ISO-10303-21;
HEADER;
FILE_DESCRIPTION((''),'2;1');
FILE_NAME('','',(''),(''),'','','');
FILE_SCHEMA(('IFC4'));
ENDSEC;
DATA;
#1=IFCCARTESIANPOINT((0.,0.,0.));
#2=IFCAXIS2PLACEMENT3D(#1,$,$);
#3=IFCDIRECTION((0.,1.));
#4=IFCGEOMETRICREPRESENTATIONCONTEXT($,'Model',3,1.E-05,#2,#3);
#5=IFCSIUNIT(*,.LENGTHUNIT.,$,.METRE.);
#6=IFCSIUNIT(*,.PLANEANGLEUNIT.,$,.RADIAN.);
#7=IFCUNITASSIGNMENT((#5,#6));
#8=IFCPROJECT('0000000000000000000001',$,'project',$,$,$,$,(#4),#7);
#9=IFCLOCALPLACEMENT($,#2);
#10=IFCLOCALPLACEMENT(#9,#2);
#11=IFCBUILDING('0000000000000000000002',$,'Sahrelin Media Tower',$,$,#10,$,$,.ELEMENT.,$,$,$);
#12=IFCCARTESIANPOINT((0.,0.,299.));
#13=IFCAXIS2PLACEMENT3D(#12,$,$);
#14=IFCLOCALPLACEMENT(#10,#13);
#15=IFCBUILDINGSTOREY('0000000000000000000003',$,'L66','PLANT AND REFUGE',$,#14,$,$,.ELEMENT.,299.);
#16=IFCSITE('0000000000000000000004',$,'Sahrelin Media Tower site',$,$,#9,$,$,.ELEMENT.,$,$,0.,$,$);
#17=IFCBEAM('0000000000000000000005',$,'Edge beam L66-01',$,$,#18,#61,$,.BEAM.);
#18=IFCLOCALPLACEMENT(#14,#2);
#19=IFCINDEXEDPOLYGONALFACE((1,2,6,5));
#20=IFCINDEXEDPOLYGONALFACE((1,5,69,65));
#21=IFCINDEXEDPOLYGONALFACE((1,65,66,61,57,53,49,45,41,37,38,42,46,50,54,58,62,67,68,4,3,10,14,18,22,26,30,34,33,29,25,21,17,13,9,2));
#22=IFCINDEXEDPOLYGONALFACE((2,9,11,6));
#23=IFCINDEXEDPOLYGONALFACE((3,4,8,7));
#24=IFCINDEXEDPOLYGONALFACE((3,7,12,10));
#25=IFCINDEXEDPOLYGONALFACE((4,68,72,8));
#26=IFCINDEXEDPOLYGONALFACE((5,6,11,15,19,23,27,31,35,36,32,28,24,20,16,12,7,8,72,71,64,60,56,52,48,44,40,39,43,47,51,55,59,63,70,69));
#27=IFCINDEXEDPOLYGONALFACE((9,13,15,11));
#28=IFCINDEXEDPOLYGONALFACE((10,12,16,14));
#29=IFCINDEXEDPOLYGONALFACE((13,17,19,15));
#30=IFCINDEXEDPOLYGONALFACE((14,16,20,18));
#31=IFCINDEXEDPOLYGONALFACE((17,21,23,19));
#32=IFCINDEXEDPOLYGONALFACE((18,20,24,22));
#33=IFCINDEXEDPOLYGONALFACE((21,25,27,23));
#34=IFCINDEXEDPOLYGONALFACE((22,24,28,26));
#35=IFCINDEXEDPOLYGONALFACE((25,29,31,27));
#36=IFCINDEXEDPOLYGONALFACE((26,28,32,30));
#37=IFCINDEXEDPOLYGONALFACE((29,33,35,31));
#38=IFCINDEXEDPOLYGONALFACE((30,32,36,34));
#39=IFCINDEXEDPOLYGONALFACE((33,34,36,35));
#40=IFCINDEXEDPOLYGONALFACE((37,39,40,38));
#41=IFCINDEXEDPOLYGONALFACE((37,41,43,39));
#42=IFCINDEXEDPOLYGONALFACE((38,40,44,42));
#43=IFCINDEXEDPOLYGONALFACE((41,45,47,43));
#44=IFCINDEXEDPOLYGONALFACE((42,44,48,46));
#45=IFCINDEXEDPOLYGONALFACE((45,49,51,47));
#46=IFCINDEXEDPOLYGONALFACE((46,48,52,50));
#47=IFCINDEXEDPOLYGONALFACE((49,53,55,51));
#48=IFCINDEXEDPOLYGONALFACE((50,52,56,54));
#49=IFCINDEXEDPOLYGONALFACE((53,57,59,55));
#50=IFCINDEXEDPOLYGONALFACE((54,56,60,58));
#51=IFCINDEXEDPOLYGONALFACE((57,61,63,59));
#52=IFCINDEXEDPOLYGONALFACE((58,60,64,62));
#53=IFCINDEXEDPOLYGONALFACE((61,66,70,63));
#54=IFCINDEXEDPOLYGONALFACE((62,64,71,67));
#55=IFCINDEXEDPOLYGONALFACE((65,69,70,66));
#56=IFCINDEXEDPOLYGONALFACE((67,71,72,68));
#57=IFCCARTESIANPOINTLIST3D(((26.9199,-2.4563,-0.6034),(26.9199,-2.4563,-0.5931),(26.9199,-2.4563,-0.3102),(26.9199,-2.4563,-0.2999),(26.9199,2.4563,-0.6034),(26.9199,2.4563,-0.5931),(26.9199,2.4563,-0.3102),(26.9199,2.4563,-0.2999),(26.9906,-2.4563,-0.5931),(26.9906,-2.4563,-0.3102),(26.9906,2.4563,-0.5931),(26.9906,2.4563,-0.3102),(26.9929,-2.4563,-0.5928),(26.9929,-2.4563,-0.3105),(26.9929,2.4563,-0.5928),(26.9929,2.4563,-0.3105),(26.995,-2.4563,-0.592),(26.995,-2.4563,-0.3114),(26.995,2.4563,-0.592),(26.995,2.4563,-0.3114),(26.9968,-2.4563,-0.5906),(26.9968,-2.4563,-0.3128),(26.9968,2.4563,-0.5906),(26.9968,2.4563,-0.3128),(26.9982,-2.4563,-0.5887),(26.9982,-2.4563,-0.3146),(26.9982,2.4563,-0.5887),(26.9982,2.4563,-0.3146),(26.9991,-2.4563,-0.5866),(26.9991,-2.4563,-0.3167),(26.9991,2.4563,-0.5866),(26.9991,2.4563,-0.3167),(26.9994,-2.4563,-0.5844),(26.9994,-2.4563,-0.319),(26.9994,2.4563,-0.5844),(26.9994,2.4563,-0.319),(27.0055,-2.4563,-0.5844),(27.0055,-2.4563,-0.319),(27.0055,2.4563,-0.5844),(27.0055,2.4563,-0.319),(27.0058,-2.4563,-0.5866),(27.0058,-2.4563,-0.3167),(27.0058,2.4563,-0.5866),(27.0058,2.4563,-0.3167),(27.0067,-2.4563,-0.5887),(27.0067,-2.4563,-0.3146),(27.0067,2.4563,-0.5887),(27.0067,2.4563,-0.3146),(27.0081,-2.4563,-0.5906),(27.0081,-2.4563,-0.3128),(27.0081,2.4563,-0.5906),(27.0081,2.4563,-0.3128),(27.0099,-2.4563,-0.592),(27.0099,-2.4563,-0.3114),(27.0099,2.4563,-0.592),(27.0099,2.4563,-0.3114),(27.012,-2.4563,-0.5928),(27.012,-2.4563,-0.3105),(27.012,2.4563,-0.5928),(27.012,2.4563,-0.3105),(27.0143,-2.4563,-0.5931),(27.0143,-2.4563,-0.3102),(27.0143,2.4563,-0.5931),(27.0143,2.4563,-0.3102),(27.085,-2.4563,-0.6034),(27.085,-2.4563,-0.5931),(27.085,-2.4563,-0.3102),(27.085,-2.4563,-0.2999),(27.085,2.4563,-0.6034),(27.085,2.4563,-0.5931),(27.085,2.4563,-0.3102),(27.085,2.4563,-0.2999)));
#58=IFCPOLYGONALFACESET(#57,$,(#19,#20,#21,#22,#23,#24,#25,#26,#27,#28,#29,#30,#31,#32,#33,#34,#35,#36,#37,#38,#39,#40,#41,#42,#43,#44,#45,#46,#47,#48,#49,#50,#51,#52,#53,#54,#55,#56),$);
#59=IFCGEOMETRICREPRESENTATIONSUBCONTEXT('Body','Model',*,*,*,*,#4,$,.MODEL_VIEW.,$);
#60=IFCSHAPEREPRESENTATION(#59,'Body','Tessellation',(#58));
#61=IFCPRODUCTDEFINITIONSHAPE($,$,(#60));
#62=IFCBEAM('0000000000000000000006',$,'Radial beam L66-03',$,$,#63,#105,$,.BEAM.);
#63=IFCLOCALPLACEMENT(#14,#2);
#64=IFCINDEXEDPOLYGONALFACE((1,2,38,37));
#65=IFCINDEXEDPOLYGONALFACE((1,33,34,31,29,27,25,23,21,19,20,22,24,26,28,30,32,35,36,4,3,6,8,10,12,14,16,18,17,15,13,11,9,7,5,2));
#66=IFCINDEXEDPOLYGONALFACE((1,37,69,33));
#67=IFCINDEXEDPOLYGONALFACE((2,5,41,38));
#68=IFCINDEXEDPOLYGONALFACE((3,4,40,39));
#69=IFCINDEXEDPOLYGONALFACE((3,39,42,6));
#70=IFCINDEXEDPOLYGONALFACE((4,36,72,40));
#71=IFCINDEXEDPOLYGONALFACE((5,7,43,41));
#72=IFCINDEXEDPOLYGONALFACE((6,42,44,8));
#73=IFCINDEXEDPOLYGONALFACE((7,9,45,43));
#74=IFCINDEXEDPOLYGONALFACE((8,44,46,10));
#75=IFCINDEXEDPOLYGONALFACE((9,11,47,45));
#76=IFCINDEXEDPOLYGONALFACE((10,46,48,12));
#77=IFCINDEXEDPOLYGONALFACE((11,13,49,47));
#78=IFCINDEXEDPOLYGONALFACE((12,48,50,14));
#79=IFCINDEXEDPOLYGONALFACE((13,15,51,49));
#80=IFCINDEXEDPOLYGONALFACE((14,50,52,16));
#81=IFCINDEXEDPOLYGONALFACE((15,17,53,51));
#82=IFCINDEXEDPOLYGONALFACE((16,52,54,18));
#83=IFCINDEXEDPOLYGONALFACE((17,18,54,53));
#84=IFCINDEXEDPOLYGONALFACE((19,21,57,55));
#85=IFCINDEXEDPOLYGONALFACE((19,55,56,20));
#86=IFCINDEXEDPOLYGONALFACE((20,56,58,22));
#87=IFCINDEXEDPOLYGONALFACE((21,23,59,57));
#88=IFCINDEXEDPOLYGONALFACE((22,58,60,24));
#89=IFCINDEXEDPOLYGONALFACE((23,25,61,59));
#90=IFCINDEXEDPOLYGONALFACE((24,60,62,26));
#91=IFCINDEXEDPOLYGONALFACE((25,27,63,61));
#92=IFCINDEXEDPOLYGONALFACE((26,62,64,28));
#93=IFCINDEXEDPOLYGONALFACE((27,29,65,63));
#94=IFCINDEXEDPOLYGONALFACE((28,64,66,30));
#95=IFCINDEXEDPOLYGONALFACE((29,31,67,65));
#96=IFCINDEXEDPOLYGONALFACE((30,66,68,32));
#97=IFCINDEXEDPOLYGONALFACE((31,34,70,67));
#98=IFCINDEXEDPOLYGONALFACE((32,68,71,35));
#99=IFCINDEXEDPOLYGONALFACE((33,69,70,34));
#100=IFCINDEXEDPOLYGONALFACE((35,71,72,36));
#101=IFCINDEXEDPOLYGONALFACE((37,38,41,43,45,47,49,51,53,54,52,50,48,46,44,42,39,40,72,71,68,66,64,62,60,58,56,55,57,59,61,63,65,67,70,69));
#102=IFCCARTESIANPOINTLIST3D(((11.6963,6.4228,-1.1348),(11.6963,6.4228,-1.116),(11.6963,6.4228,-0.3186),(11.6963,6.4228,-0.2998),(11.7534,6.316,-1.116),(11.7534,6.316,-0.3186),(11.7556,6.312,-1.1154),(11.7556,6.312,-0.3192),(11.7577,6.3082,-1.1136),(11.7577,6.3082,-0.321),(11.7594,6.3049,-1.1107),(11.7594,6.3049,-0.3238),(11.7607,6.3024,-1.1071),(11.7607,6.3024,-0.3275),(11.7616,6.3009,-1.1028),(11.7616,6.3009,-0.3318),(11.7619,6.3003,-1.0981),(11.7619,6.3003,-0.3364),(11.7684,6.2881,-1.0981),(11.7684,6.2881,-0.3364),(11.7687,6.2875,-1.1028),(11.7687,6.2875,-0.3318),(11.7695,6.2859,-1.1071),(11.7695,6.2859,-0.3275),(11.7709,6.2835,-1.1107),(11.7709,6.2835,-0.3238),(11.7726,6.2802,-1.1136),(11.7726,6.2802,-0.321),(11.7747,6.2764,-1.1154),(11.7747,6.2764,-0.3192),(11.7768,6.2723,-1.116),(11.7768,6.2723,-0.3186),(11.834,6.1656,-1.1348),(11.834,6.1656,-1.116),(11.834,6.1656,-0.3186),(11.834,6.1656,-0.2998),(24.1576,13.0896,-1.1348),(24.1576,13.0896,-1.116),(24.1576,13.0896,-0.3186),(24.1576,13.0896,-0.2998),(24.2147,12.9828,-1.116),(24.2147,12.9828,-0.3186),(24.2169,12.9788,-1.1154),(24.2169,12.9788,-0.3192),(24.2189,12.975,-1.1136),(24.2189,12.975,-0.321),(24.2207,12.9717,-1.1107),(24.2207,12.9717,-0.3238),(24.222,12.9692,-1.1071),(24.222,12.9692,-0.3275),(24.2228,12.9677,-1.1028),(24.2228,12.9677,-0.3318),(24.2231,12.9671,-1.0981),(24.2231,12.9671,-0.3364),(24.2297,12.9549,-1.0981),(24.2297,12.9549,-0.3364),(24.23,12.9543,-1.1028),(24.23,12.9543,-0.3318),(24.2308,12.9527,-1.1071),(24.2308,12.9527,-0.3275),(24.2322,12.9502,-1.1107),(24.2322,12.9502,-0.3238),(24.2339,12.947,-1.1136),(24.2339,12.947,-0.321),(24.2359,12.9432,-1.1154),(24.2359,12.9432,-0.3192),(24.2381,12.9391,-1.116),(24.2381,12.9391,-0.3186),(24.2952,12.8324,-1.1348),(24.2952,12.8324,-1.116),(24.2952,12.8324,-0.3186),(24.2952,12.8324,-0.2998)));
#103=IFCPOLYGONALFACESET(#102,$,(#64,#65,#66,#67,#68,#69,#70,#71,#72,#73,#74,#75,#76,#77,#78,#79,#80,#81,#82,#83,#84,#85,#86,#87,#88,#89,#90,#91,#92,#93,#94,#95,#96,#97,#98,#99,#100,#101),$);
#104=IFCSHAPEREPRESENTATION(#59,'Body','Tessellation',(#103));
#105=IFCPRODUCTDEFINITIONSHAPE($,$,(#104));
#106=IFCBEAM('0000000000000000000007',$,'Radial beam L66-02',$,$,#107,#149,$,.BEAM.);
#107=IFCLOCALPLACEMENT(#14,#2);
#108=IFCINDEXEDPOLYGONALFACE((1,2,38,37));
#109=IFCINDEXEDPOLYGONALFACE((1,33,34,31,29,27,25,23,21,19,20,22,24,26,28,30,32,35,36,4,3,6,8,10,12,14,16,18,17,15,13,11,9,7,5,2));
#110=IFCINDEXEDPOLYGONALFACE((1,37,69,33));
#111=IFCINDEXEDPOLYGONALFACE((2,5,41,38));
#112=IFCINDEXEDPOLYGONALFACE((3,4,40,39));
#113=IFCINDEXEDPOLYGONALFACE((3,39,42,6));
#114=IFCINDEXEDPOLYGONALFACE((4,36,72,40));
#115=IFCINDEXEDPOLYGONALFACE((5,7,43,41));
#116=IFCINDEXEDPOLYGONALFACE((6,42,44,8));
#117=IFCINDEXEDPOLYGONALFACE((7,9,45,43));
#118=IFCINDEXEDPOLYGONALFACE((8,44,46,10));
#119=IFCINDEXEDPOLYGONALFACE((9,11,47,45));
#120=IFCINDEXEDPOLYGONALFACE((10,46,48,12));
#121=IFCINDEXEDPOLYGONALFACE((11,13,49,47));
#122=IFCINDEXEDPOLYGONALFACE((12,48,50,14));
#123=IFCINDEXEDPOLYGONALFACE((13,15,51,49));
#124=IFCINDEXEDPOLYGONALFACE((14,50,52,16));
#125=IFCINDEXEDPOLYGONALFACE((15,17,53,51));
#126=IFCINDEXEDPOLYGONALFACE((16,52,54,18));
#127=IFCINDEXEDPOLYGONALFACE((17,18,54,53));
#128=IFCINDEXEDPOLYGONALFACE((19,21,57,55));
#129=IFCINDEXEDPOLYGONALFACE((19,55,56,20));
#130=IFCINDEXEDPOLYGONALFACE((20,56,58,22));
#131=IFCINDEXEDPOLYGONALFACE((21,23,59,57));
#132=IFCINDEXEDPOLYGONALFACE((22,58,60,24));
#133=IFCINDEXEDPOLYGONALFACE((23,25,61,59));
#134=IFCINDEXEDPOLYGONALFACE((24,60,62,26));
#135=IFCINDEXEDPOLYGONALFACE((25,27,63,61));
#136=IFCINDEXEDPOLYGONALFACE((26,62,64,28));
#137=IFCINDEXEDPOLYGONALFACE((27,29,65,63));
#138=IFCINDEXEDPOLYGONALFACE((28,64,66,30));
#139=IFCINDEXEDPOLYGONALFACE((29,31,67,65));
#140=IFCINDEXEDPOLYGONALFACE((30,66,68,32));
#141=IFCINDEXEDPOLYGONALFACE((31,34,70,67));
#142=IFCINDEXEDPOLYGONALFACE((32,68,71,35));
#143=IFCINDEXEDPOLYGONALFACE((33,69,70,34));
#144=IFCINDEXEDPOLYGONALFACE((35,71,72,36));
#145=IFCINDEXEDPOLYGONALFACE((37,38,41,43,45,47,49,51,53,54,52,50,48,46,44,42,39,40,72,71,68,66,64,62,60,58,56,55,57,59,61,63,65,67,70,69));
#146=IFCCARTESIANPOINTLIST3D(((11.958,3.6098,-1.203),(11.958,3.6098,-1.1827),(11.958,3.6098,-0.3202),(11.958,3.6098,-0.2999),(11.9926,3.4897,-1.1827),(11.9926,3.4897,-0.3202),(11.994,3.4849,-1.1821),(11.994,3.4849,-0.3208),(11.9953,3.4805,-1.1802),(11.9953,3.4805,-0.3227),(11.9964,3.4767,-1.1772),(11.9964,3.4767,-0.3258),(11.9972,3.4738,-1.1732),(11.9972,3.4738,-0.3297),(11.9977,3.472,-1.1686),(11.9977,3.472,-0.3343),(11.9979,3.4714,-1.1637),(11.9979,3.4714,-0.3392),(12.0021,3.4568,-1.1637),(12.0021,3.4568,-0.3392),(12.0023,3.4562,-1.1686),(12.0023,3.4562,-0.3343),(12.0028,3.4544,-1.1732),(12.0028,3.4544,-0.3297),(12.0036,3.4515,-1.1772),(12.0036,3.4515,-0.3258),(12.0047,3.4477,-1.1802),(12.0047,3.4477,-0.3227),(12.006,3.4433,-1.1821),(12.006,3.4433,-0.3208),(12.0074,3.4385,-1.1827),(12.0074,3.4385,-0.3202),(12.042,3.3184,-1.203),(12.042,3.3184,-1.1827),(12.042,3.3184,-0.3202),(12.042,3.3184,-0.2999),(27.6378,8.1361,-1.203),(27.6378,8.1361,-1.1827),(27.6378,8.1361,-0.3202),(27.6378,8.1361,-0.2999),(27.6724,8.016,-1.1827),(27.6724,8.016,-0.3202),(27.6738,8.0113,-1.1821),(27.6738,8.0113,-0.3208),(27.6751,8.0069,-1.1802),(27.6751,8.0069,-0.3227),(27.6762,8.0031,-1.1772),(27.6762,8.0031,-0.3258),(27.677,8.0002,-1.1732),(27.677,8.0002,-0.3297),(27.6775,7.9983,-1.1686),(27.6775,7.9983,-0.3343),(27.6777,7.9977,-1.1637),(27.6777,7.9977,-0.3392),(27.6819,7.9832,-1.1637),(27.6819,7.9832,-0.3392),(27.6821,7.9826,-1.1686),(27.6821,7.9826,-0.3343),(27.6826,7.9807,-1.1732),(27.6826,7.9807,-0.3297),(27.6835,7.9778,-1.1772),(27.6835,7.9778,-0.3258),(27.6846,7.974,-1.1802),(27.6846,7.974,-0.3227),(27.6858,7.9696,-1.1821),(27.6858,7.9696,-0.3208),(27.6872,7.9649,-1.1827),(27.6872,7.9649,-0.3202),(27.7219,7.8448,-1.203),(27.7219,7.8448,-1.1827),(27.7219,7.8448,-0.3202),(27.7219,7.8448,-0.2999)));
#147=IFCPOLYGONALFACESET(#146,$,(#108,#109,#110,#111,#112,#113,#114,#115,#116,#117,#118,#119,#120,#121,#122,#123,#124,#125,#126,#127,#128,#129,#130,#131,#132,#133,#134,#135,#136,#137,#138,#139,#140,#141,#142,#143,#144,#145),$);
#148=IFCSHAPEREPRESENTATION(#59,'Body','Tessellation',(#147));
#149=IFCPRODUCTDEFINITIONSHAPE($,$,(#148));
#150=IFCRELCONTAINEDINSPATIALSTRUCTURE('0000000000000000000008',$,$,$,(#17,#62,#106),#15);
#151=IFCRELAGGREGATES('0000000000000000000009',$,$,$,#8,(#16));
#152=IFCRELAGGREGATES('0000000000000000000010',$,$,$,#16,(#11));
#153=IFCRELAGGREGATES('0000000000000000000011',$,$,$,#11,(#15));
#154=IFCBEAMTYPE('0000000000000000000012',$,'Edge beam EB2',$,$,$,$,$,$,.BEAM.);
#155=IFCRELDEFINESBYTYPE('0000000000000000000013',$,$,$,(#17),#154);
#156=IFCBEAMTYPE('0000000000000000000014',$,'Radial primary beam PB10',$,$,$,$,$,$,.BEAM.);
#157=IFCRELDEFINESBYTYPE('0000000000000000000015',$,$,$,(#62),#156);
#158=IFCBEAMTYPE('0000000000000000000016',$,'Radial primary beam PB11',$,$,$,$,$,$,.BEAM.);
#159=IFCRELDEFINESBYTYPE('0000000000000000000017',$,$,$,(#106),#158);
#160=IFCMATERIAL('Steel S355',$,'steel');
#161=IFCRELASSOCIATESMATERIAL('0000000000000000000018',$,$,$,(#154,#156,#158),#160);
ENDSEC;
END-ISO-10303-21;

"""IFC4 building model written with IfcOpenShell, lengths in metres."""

from ifc_helpers import new_model, si_unit, direction, frame, origin, origin_2d, place, context, subcontext, project, spatial, i_section, extrude, material, material_profile, profile_set, type_object, element, save


model = new_model("IFC4")

# Units and contexts
model_context = context("Model", 3, precision=1e-05, world=origin(), true_north=direction((0.0, 1.0)))
body_context = subcontext(model_context, "Body", "Model", "MODEL_VIEW")
ifc_project = project(units=[si_unit("LENGTHUNIT", "METRE"), si_unit("PLANEANGLEUNIT", "RADIAN")], contexts=[model_context])

# Site, building, storey
site_placement = place(None, origin())
site = spatial("IfcSite", under=ifc_project, at=site_placement, Name="Sahrelin Media Tower site", CompositionType="ELEMENT", RefElevation=0.0)
building_placement = place(site_placement, origin())
building = spatial("IfcBuilding", under=site, at=building_placement, Name="Sahrelin Media Tower", CompositionType="ELEMENT")
storey_placement = place(building_placement, frame((0.0, 0.0, 299.0)))
storey = spatial("IfcBuildingStorey", under=building, at=storey_placement, Name="L66", Description="PLANT AND REFUGE", CompositionType="ELEMENT", Elevation=299.0)

# Beams
ifc_material_1 = material(Name="Steel S355", Category="steel")
ifc_material_profile_1 = material_profile(ifc_material_1, i_section(OverallWidth=0.165, OverallDepth=0.3035, WebThickness=0.0061, FlangeThickness=0.0103, FilletRadius=0.0088, at=origin_2d()), Name="UB 305x165x40")
ifc_profile_set_1 = profile_set([ifc_material_profile_1], Name="Steel S355")
beam_type_1 = type_object("IfcBeamType", Name="Edge beam EB2", PredefinedType="BEAM", material=ifc_profile_set_1)
beam_1_placement = place(storey_placement, frame((27.0024, 2.4563, -0.4517), z_axis=(0.0, -1.0, 0.0), x_axis=(1.0, 0.0, 0.0)))
element("IfcBeam", 1, at=beam_1_placement, inside=storey, type_object=beam_type_1, Name="Edge beam L66-01", PredefinedType="BEAM", context=body_context, shape_type="SweptSolid", body=[
    extrude(i_section(OverallWidth=0.165, OverallDepth=0.3035, WebThickness=0.0061, FlangeThickness=0.0103, FilletRadius=0.0088, at=origin_2d()), origin(), (0.0, 0.0, 1.0), 4.9126),
])
ifc_material_profile_2 = material_profile(ifc_material_1, i_section(OverallWidth=0.2917, OverallDepth=0.835, WebThickness=0.0139, FlangeThickness=0.0188, FilletRadius=0.0178, at=origin_2d()), Name="UB 838x292x176")
ifc_profile_set_2 = profile_set([ifc_material_profile_2], Name="Steel S355")
beam_type_2 = type_object("IfcBeamType", Name="Radial primary beam PB10", PredefinedType="BEAM", material=ifc_profile_set_2)
beam_2_placement = place(storey_placement, frame((11.7651, 6.2942, -0.7173), z_axis=(0.881742, 0.471733, 0.0), x_axis=(-0.471733, 0.881742, 0.0)))
element("IfcBeam", 2, at=beam_2_placement, inside=storey, type_object=beam_type_2, Name="Radial beam L66-03", PredefinedType="BEAM", context=body_context, shape_type="SweptSolid", body=[
    extrude(i_section(OverallWidth=0.2917, OverallDepth=0.835, WebThickness=0.0139, FlangeThickness=0.0188, FilletRadius=0.0178, at=origin_2d()), origin(), (0.0, 0.0, 1.0), 14.1326),
])
ifc_material_profile_3 = material_profile(ifc_material_1, i_section(OverallWidth=0.3032, OverallDepth=0.9031, WebThickness=0.0151, FlangeThickness=0.0203, FilletRadius=0.019, at=origin_2d()), Name="UB 914x305x201")
ifc_profile_set_3 = profile_set([ifc_material_profile_3], Name="Steel S355")
beam_type_3 = type_object("IfcBeamType", Name="Radial primary beam PB11", PredefinedType="BEAM", material=ifc_profile_set_3)
beam_3_placement = place(storey_placement, frame((12.0, 3.4641, -0.7515), z_axis=(0.96077, 0.277348, 0.0), x_axis=(-0.277348, 0.96077, 0.0)))
element("IfcBeam", 3, at=beam_3_placement, inside=storey, type_object=beam_type_3, Name="Radial beam L66-02", PredefinedType="BEAM", context=body_context, shape_type="SweptSolid", body=[
    extrude(i_section(OverallWidth=0.3032, OverallDepth=0.9031, WebThickness=0.0151, FlangeThickness=0.0203, FilletRadius=0.019, at=origin_2d()), origin(), (0.0, 0.0, 1.0), 16.3201),
])

save(model, "model.ifc")
